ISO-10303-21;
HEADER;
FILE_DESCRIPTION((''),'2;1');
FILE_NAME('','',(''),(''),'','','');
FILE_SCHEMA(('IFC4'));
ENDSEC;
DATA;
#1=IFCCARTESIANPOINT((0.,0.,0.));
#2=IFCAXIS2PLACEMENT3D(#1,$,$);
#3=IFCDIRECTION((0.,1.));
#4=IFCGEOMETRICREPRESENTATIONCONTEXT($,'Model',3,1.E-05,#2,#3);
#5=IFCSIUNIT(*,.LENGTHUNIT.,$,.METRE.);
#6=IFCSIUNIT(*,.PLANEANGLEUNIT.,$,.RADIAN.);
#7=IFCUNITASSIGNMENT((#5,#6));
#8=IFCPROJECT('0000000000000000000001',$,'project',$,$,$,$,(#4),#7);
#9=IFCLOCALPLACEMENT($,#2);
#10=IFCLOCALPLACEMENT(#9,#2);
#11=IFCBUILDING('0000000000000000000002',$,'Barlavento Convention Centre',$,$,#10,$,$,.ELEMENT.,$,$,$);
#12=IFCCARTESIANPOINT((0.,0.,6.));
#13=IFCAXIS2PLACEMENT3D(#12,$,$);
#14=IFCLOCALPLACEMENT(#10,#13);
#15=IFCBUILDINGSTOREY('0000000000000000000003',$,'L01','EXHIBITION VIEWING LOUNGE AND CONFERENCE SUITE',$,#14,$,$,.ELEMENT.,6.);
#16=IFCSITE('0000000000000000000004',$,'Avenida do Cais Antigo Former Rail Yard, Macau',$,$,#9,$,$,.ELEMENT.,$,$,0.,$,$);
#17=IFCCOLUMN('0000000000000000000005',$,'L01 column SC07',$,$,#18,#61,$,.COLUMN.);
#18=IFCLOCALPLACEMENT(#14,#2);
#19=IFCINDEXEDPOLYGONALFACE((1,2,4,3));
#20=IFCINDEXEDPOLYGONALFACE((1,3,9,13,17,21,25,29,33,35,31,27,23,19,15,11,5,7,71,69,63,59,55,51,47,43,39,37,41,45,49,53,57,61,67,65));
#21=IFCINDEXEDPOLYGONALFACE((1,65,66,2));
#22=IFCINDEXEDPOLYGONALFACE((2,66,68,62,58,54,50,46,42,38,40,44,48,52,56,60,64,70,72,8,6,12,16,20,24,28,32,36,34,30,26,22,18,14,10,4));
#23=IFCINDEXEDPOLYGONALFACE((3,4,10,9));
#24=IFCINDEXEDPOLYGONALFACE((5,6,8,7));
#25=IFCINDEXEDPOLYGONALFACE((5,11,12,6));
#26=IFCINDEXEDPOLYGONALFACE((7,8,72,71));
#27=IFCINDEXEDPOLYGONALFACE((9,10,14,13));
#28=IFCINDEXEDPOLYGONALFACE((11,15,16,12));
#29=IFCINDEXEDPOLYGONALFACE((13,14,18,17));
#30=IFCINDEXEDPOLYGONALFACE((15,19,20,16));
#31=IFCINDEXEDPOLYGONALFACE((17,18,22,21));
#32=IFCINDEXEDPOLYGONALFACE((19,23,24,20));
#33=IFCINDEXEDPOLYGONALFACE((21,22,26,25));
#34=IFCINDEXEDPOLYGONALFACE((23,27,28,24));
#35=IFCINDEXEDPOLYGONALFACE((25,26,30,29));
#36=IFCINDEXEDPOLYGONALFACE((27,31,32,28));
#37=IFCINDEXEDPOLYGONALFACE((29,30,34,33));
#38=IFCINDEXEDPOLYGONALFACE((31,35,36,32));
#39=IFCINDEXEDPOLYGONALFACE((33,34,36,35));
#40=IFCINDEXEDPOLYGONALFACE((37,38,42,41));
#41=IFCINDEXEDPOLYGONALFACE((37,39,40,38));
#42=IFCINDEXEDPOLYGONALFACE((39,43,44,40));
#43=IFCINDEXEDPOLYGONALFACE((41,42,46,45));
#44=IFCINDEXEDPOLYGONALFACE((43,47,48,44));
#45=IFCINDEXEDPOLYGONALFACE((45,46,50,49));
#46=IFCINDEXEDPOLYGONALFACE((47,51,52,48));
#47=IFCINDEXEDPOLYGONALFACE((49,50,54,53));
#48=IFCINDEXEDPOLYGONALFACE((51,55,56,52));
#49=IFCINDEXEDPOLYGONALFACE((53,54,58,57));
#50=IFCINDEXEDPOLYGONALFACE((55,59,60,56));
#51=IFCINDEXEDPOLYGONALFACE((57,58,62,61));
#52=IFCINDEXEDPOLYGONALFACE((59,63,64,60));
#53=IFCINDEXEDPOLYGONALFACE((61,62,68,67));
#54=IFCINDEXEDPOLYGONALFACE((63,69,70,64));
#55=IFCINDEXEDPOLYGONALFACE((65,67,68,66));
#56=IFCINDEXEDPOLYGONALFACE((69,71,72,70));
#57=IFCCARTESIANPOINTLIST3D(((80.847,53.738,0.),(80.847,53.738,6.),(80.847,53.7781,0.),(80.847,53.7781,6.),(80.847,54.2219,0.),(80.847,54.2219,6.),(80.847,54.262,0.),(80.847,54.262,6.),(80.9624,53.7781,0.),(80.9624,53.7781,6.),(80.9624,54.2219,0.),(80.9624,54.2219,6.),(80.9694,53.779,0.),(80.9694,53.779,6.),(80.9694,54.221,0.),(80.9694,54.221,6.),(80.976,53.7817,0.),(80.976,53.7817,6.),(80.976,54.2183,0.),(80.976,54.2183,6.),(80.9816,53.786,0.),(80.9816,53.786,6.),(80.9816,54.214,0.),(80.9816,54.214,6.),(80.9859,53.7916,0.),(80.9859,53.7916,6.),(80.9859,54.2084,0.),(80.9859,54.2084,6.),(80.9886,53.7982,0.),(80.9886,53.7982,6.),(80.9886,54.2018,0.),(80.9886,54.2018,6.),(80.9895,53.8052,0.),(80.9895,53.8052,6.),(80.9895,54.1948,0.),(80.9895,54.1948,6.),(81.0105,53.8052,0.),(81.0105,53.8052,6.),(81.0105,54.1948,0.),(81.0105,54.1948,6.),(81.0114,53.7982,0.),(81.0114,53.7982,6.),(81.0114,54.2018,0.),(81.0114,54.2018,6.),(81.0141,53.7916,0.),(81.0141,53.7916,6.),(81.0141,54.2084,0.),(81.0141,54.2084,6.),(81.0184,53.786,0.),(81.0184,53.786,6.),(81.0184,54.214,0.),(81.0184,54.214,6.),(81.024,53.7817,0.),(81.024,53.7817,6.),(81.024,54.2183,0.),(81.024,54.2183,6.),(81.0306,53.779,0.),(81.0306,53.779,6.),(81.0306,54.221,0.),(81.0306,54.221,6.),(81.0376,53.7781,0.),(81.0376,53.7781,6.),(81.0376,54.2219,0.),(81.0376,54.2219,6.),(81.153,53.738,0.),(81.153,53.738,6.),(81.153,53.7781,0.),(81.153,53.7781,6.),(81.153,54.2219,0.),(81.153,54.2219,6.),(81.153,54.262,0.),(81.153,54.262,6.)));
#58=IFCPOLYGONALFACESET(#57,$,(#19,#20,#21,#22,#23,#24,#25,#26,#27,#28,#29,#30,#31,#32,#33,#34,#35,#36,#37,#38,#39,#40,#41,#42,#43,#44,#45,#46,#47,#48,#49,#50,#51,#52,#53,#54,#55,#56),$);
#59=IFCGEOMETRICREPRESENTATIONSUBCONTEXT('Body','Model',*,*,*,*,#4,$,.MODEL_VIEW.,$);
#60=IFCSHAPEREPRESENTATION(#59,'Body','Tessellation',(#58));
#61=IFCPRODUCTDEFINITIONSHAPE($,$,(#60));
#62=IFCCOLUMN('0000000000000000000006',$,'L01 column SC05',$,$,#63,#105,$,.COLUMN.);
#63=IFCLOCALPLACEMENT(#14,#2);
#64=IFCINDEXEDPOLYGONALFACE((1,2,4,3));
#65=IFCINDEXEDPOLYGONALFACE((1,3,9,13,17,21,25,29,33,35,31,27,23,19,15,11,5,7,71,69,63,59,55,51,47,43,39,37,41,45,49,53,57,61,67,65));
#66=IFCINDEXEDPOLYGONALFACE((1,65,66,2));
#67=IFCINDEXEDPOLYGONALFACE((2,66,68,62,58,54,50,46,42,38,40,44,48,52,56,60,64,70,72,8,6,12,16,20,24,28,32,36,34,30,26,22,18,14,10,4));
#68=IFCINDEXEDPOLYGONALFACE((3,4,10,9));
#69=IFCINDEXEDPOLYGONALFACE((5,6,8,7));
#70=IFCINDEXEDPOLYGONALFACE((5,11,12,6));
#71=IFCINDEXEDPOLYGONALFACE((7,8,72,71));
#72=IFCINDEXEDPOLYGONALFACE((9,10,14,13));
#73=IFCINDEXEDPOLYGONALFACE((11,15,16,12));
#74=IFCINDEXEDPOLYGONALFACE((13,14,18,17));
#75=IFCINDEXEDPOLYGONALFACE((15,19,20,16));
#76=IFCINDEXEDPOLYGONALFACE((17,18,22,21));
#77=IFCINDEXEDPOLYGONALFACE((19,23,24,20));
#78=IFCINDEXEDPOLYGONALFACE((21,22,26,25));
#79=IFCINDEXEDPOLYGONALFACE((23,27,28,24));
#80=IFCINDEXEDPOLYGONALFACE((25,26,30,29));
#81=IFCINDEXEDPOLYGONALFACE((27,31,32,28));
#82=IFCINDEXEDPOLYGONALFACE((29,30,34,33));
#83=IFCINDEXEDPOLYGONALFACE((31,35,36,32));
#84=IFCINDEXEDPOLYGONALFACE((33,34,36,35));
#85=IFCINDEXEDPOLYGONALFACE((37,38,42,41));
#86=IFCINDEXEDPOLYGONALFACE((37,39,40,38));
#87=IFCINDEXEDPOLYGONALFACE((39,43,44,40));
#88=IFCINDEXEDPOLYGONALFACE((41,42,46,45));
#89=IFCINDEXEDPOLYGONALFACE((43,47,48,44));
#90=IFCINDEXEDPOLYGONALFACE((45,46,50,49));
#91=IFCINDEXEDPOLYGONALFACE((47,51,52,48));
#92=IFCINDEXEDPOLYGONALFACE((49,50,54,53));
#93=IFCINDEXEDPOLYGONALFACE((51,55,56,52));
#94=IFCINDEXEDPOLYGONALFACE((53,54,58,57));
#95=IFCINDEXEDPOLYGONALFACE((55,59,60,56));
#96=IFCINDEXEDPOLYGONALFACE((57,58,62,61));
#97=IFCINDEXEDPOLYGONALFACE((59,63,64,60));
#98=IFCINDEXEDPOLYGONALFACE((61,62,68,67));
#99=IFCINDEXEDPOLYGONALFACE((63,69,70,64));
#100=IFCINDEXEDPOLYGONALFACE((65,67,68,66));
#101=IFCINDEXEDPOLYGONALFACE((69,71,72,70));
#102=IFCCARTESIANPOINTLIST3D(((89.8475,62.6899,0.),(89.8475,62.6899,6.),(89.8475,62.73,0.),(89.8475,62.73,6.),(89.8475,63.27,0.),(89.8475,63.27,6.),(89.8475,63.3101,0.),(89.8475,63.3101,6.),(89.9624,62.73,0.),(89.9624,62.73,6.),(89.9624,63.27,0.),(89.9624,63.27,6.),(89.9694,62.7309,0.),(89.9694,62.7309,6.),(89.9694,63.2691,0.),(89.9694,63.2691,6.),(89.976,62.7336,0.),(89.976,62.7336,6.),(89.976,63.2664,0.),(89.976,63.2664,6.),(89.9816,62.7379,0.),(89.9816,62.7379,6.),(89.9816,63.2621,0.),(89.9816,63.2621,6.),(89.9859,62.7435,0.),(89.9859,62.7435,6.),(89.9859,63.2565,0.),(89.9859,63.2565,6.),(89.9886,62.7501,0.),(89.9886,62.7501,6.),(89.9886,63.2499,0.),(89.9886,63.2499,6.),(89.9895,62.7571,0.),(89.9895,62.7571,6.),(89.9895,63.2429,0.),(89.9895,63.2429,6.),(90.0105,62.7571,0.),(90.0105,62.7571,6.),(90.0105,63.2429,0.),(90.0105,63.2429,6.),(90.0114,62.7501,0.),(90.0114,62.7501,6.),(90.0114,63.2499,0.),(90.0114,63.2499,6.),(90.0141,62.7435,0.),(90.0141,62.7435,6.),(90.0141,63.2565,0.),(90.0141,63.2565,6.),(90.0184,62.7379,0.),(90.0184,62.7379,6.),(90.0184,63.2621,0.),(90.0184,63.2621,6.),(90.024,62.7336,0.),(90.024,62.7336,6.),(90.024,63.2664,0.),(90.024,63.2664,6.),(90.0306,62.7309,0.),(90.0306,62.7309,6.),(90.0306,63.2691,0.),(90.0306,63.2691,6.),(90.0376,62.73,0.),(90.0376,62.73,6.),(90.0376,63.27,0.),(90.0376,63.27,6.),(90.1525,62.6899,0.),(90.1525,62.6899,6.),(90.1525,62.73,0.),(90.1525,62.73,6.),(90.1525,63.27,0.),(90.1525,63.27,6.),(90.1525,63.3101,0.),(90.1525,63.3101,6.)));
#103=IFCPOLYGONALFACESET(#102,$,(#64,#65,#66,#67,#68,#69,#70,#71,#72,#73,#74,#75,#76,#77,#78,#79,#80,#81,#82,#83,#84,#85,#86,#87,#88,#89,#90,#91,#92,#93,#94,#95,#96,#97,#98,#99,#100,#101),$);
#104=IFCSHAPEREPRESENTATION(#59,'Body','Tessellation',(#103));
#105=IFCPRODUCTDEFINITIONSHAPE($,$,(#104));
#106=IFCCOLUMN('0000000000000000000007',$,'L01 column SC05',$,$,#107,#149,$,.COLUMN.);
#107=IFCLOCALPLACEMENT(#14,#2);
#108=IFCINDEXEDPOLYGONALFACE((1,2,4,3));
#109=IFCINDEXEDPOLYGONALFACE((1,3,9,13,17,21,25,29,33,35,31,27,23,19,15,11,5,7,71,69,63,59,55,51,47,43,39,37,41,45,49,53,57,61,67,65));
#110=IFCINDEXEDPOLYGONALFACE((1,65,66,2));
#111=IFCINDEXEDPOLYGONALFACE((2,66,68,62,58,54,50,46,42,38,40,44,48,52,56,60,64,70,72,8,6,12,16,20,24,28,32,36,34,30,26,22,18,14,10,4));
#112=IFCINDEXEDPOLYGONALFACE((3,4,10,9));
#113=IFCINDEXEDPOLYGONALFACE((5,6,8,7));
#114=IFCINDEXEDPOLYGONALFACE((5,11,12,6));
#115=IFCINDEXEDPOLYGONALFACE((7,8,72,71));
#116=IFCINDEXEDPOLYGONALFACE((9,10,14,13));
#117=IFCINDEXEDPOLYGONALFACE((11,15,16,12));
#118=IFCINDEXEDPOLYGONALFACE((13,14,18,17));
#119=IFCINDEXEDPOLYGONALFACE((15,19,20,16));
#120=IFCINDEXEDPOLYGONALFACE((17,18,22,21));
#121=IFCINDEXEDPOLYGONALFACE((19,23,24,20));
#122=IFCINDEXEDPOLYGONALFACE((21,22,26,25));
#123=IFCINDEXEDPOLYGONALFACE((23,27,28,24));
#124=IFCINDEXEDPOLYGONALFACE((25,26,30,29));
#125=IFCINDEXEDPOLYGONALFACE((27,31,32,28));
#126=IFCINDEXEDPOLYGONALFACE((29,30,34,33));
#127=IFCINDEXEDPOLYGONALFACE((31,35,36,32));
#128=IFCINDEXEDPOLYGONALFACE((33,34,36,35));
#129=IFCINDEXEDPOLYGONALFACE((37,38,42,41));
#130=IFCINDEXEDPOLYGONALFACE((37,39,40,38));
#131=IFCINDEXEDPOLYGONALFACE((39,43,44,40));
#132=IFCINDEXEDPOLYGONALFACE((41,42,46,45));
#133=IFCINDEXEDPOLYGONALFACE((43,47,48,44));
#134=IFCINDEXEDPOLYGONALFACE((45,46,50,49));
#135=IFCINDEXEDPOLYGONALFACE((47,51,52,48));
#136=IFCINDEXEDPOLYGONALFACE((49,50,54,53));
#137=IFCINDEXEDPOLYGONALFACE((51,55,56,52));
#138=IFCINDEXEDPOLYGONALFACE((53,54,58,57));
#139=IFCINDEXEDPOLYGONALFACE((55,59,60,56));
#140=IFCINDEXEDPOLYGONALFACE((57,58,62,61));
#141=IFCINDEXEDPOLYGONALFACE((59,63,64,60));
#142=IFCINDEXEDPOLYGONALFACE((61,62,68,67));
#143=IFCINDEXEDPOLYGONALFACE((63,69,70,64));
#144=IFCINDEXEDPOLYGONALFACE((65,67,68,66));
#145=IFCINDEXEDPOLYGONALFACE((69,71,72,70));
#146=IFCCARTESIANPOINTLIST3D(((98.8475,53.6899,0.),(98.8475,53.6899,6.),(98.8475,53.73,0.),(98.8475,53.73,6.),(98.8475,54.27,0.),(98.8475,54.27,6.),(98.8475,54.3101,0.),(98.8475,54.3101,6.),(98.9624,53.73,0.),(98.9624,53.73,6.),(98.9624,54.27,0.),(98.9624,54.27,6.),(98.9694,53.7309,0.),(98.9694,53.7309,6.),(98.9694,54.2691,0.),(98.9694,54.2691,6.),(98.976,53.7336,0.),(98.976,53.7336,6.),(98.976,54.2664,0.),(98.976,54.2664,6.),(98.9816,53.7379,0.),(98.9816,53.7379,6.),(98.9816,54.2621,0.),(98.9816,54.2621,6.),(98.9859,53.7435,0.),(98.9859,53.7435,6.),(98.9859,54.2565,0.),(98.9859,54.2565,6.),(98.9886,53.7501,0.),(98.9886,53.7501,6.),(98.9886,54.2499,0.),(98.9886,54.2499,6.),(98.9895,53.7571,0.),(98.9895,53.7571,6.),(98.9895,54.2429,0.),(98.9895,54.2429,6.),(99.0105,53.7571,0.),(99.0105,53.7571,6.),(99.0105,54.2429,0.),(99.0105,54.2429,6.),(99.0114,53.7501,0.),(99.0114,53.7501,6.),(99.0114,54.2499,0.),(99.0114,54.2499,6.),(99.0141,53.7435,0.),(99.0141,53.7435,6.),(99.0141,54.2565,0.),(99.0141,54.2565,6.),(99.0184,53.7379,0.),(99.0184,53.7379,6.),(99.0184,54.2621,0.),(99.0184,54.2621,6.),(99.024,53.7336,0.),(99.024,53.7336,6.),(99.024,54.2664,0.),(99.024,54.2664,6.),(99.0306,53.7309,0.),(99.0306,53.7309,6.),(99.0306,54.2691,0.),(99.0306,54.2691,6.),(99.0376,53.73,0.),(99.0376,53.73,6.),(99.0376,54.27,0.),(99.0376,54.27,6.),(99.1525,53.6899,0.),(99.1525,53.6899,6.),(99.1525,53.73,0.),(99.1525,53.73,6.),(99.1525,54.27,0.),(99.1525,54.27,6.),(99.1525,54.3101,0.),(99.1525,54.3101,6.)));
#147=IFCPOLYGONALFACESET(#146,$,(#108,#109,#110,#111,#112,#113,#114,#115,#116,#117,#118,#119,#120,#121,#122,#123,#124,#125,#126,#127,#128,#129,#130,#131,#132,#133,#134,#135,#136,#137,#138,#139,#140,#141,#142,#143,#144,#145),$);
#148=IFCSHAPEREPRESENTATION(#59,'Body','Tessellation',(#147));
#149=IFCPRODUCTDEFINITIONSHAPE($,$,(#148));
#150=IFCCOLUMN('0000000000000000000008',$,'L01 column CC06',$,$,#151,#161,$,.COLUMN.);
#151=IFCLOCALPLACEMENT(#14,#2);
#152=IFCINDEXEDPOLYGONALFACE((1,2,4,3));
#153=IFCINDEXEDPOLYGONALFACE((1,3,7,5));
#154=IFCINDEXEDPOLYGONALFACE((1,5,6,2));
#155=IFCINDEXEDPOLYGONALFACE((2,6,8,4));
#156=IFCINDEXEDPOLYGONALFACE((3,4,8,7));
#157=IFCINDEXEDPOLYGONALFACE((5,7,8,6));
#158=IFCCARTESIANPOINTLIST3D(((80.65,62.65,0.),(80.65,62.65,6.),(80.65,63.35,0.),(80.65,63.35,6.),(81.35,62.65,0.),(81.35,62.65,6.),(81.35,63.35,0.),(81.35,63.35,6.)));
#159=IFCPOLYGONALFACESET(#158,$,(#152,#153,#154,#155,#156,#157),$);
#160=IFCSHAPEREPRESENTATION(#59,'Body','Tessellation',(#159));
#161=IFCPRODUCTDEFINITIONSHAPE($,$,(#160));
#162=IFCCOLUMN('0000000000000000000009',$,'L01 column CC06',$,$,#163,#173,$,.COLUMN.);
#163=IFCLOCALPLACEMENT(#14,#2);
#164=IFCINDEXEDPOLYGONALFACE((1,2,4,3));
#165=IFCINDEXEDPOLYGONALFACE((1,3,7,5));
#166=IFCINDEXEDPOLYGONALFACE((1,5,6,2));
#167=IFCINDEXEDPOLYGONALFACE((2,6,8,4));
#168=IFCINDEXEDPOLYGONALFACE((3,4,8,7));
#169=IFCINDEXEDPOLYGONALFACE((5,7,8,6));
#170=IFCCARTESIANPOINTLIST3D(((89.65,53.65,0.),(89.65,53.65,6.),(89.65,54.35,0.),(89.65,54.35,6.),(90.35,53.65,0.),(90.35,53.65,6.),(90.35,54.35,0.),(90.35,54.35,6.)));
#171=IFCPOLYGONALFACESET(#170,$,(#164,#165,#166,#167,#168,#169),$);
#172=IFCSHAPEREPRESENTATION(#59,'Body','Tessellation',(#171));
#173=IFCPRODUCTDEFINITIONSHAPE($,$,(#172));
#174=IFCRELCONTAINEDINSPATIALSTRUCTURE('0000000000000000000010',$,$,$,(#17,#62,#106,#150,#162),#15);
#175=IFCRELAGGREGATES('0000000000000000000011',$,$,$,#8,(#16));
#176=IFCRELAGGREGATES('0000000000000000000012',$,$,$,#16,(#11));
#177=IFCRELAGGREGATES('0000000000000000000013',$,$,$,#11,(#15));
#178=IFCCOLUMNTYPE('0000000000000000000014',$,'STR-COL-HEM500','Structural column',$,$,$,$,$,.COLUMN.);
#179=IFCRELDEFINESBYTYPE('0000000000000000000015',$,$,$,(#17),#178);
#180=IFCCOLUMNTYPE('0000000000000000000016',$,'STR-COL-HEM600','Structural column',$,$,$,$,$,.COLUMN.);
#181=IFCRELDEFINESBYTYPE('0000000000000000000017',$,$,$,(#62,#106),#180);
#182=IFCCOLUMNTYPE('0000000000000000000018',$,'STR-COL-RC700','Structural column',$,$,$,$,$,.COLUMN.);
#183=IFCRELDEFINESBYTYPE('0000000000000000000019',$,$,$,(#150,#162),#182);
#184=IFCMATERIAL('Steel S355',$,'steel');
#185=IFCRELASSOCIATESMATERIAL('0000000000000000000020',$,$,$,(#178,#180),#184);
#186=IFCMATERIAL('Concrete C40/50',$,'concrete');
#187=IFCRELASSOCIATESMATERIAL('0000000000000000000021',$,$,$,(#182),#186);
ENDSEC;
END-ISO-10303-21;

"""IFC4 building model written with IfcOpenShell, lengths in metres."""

from ifc_helpers import new_model, si_unit, direction, frame, origin, origin_2d, place, context, subcontext, project, spatial, rectangle, i_section, extrude, material, material_profile, profile_set, type_object, element, save


model = new_model("IFC4")

# Units and contexts
model_context = context("Model", 3, precision=1e-05, world=origin(), true_north=direction((0.0, 1.0)))
body_context = subcontext(model_context, "Body", "Model", "MODEL_VIEW")
ifc_project = project(units=[si_unit("LENGTHUNIT", "METRE"), si_unit("PLANEANGLEUNIT", "RADIAN")], contexts=[model_context])

# Site, building, storey
site_placement = place(None, origin())
site = spatial("IfcSite", under=ifc_project, at=site_placement, Name="Avenida do Cais Antigo Former Rail Yard, Macau", CompositionType="ELEMENT", RefElevation=0.0)
building_placement = place(site_placement, origin())
building = spatial("IfcBuilding", under=site, at=building_placement, Name="Barlavento Convention Centre", CompositionType="ELEMENT")
storey_placement = place(building_placement, frame((0.0, 0.0, 6.0)))
storey = spatial("IfcBuildingStorey", under=building, at=storey_placement, Name="L01", Description="EXHIBITION VIEWING LOUNGE AND CONFERENCE SUITE", CompositionType="ELEMENT", Elevation=6.0)

# Columns
ifc_material_1 = material(Name="Steel S355", Category="steel")
ifc_material_profile_1 = material_profile(ifc_material_1, i_section(OverallWidth=0.3059, OverallDepth=0.5239, WebThickness=0.021, FlangeThickness=0.04, FilletRadius=0.0271, at=origin_2d()), Name="HEM 500")
ifc_profile_set_1 = profile_set([ifc_material_profile_1], Name="Steel S355")
column_type_1 = type_object("IfcColumnType", Name="STR-COL-HEM500", Description="Structural column", PredefinedType="COLUMN", material=ifc_profile_set_1)
column_placement = place(storey_placement, frame((81.0, 54.0, 0.0), z_axis=(0.0, 0.0, 1.0), x_axis=(1.0, 0.0, 0.0)))
element("IfcColumn", 1, at=column_placement, inside=storey, type_object=column_type_1, Name="L01 column SC07", PredefinedType="COLUMN", context=body_context, shape_type="SweptSolid", body=[
    extrude(i_section(OverallWidth=0.3059, OverallDepth=0.5239, WebThickness=0.021, FlangeThickness=0.04, FilletRadius=0.0271, at=origin_2d()), origin(), (0.0, 0.0, 1.0), 6.0),
])
ifc_material_profile_2 = material_profile(ifc_material_1, i_section(OverallWidth=0.3049, OverallDepth=0.6201, WebThickness=0.021, FlangeThickness=0.04, FilletRadius=0.0271, at=origin_2d()), Name="HEM 600")
ifc_profile_set_2 = profile_set([ifc_material_profile_2], Name="Steel S355")
column_type_2 = type_object("IfcColumnType", Name="STR-COL-HEM600", Description="Structural column", PredefinedType="COLUMN", material=ifc_profile_set_2)
for number, where, z_axis, x_axis, name in (
    (2, (90.0, 63.0, 0.0), (0.0, 0.0, 1.0), (1.0, 0.0, 0.0), "L01 column SC05"),
    (3, (99.0, 54.0, 0.0), (0.0, 0.0, 1.0), (1.0, 0.0, 0.0), "L01 column SC05"),
):
    element("IfcColumn", number, at=place(storey_placement, frame(where, z_axis=z_axis, x_axis=x_axis)), inside=storey, type_object=column_type_2, Name=name, PredefinedType="COLUMN", context=body_context, shape_type="SweptSolid", body=[
        extrude(i_section(OverallWidth=0.3049, OverallDepth=0.6201, WebThickness=0.021, FlangeThickness=0.04, FilletRadius=0.0271, at=origin_2d()), origin(), (0.0, 0.0, 1.0), 6.0),
    ])
ifc_material_2 = material(Name="Concrete C40/50", Category="concrete")
ifc_material_profile_3 = material_profile(ifc_material_2, rectangle(XDim=0.7, YDim=0.7, at=origin_2d()), Name="RC 700x700")
ifc_profile_set_3 = profile_set([ifc_material_profile_3], Name="Concrete C40/50")
column_type_3 = type_object("IfcColumnType", Name="STR-COL-RC700", Description="Structural column", PredefinedType="COLUMN", material=ifc_profile_set_3)
for number, where, z_axis, x_axis, name in (
    (4, (81.0, 63.0, 0.0), (0.0, 0.0, 1.0), (1.0, 0.0, 0.0), "L01 column CC06"),
    (5, (90.0, 54.0, 0.0), (0.0, 0.0, 1.0), (1.0, 0.0, 0.0), "L01 column CC06"),
):
    element("IfcColumn", number, at=place(storey_placement, frame(where, z_axis=z_axis, x_axis=x_axis)), inside=storey, type_object=column_type_3, Name=name, PredefinedType="COLUMN", context=body_context, shape_type="SweptSolid", body=[
        extrude(rectangle(XDim=0.7, YDim=0.7, at=origin_2d()), origin(), (0.0, 0.0, 1.0), 6.0),
    ])

save(model, "model.ifc")
